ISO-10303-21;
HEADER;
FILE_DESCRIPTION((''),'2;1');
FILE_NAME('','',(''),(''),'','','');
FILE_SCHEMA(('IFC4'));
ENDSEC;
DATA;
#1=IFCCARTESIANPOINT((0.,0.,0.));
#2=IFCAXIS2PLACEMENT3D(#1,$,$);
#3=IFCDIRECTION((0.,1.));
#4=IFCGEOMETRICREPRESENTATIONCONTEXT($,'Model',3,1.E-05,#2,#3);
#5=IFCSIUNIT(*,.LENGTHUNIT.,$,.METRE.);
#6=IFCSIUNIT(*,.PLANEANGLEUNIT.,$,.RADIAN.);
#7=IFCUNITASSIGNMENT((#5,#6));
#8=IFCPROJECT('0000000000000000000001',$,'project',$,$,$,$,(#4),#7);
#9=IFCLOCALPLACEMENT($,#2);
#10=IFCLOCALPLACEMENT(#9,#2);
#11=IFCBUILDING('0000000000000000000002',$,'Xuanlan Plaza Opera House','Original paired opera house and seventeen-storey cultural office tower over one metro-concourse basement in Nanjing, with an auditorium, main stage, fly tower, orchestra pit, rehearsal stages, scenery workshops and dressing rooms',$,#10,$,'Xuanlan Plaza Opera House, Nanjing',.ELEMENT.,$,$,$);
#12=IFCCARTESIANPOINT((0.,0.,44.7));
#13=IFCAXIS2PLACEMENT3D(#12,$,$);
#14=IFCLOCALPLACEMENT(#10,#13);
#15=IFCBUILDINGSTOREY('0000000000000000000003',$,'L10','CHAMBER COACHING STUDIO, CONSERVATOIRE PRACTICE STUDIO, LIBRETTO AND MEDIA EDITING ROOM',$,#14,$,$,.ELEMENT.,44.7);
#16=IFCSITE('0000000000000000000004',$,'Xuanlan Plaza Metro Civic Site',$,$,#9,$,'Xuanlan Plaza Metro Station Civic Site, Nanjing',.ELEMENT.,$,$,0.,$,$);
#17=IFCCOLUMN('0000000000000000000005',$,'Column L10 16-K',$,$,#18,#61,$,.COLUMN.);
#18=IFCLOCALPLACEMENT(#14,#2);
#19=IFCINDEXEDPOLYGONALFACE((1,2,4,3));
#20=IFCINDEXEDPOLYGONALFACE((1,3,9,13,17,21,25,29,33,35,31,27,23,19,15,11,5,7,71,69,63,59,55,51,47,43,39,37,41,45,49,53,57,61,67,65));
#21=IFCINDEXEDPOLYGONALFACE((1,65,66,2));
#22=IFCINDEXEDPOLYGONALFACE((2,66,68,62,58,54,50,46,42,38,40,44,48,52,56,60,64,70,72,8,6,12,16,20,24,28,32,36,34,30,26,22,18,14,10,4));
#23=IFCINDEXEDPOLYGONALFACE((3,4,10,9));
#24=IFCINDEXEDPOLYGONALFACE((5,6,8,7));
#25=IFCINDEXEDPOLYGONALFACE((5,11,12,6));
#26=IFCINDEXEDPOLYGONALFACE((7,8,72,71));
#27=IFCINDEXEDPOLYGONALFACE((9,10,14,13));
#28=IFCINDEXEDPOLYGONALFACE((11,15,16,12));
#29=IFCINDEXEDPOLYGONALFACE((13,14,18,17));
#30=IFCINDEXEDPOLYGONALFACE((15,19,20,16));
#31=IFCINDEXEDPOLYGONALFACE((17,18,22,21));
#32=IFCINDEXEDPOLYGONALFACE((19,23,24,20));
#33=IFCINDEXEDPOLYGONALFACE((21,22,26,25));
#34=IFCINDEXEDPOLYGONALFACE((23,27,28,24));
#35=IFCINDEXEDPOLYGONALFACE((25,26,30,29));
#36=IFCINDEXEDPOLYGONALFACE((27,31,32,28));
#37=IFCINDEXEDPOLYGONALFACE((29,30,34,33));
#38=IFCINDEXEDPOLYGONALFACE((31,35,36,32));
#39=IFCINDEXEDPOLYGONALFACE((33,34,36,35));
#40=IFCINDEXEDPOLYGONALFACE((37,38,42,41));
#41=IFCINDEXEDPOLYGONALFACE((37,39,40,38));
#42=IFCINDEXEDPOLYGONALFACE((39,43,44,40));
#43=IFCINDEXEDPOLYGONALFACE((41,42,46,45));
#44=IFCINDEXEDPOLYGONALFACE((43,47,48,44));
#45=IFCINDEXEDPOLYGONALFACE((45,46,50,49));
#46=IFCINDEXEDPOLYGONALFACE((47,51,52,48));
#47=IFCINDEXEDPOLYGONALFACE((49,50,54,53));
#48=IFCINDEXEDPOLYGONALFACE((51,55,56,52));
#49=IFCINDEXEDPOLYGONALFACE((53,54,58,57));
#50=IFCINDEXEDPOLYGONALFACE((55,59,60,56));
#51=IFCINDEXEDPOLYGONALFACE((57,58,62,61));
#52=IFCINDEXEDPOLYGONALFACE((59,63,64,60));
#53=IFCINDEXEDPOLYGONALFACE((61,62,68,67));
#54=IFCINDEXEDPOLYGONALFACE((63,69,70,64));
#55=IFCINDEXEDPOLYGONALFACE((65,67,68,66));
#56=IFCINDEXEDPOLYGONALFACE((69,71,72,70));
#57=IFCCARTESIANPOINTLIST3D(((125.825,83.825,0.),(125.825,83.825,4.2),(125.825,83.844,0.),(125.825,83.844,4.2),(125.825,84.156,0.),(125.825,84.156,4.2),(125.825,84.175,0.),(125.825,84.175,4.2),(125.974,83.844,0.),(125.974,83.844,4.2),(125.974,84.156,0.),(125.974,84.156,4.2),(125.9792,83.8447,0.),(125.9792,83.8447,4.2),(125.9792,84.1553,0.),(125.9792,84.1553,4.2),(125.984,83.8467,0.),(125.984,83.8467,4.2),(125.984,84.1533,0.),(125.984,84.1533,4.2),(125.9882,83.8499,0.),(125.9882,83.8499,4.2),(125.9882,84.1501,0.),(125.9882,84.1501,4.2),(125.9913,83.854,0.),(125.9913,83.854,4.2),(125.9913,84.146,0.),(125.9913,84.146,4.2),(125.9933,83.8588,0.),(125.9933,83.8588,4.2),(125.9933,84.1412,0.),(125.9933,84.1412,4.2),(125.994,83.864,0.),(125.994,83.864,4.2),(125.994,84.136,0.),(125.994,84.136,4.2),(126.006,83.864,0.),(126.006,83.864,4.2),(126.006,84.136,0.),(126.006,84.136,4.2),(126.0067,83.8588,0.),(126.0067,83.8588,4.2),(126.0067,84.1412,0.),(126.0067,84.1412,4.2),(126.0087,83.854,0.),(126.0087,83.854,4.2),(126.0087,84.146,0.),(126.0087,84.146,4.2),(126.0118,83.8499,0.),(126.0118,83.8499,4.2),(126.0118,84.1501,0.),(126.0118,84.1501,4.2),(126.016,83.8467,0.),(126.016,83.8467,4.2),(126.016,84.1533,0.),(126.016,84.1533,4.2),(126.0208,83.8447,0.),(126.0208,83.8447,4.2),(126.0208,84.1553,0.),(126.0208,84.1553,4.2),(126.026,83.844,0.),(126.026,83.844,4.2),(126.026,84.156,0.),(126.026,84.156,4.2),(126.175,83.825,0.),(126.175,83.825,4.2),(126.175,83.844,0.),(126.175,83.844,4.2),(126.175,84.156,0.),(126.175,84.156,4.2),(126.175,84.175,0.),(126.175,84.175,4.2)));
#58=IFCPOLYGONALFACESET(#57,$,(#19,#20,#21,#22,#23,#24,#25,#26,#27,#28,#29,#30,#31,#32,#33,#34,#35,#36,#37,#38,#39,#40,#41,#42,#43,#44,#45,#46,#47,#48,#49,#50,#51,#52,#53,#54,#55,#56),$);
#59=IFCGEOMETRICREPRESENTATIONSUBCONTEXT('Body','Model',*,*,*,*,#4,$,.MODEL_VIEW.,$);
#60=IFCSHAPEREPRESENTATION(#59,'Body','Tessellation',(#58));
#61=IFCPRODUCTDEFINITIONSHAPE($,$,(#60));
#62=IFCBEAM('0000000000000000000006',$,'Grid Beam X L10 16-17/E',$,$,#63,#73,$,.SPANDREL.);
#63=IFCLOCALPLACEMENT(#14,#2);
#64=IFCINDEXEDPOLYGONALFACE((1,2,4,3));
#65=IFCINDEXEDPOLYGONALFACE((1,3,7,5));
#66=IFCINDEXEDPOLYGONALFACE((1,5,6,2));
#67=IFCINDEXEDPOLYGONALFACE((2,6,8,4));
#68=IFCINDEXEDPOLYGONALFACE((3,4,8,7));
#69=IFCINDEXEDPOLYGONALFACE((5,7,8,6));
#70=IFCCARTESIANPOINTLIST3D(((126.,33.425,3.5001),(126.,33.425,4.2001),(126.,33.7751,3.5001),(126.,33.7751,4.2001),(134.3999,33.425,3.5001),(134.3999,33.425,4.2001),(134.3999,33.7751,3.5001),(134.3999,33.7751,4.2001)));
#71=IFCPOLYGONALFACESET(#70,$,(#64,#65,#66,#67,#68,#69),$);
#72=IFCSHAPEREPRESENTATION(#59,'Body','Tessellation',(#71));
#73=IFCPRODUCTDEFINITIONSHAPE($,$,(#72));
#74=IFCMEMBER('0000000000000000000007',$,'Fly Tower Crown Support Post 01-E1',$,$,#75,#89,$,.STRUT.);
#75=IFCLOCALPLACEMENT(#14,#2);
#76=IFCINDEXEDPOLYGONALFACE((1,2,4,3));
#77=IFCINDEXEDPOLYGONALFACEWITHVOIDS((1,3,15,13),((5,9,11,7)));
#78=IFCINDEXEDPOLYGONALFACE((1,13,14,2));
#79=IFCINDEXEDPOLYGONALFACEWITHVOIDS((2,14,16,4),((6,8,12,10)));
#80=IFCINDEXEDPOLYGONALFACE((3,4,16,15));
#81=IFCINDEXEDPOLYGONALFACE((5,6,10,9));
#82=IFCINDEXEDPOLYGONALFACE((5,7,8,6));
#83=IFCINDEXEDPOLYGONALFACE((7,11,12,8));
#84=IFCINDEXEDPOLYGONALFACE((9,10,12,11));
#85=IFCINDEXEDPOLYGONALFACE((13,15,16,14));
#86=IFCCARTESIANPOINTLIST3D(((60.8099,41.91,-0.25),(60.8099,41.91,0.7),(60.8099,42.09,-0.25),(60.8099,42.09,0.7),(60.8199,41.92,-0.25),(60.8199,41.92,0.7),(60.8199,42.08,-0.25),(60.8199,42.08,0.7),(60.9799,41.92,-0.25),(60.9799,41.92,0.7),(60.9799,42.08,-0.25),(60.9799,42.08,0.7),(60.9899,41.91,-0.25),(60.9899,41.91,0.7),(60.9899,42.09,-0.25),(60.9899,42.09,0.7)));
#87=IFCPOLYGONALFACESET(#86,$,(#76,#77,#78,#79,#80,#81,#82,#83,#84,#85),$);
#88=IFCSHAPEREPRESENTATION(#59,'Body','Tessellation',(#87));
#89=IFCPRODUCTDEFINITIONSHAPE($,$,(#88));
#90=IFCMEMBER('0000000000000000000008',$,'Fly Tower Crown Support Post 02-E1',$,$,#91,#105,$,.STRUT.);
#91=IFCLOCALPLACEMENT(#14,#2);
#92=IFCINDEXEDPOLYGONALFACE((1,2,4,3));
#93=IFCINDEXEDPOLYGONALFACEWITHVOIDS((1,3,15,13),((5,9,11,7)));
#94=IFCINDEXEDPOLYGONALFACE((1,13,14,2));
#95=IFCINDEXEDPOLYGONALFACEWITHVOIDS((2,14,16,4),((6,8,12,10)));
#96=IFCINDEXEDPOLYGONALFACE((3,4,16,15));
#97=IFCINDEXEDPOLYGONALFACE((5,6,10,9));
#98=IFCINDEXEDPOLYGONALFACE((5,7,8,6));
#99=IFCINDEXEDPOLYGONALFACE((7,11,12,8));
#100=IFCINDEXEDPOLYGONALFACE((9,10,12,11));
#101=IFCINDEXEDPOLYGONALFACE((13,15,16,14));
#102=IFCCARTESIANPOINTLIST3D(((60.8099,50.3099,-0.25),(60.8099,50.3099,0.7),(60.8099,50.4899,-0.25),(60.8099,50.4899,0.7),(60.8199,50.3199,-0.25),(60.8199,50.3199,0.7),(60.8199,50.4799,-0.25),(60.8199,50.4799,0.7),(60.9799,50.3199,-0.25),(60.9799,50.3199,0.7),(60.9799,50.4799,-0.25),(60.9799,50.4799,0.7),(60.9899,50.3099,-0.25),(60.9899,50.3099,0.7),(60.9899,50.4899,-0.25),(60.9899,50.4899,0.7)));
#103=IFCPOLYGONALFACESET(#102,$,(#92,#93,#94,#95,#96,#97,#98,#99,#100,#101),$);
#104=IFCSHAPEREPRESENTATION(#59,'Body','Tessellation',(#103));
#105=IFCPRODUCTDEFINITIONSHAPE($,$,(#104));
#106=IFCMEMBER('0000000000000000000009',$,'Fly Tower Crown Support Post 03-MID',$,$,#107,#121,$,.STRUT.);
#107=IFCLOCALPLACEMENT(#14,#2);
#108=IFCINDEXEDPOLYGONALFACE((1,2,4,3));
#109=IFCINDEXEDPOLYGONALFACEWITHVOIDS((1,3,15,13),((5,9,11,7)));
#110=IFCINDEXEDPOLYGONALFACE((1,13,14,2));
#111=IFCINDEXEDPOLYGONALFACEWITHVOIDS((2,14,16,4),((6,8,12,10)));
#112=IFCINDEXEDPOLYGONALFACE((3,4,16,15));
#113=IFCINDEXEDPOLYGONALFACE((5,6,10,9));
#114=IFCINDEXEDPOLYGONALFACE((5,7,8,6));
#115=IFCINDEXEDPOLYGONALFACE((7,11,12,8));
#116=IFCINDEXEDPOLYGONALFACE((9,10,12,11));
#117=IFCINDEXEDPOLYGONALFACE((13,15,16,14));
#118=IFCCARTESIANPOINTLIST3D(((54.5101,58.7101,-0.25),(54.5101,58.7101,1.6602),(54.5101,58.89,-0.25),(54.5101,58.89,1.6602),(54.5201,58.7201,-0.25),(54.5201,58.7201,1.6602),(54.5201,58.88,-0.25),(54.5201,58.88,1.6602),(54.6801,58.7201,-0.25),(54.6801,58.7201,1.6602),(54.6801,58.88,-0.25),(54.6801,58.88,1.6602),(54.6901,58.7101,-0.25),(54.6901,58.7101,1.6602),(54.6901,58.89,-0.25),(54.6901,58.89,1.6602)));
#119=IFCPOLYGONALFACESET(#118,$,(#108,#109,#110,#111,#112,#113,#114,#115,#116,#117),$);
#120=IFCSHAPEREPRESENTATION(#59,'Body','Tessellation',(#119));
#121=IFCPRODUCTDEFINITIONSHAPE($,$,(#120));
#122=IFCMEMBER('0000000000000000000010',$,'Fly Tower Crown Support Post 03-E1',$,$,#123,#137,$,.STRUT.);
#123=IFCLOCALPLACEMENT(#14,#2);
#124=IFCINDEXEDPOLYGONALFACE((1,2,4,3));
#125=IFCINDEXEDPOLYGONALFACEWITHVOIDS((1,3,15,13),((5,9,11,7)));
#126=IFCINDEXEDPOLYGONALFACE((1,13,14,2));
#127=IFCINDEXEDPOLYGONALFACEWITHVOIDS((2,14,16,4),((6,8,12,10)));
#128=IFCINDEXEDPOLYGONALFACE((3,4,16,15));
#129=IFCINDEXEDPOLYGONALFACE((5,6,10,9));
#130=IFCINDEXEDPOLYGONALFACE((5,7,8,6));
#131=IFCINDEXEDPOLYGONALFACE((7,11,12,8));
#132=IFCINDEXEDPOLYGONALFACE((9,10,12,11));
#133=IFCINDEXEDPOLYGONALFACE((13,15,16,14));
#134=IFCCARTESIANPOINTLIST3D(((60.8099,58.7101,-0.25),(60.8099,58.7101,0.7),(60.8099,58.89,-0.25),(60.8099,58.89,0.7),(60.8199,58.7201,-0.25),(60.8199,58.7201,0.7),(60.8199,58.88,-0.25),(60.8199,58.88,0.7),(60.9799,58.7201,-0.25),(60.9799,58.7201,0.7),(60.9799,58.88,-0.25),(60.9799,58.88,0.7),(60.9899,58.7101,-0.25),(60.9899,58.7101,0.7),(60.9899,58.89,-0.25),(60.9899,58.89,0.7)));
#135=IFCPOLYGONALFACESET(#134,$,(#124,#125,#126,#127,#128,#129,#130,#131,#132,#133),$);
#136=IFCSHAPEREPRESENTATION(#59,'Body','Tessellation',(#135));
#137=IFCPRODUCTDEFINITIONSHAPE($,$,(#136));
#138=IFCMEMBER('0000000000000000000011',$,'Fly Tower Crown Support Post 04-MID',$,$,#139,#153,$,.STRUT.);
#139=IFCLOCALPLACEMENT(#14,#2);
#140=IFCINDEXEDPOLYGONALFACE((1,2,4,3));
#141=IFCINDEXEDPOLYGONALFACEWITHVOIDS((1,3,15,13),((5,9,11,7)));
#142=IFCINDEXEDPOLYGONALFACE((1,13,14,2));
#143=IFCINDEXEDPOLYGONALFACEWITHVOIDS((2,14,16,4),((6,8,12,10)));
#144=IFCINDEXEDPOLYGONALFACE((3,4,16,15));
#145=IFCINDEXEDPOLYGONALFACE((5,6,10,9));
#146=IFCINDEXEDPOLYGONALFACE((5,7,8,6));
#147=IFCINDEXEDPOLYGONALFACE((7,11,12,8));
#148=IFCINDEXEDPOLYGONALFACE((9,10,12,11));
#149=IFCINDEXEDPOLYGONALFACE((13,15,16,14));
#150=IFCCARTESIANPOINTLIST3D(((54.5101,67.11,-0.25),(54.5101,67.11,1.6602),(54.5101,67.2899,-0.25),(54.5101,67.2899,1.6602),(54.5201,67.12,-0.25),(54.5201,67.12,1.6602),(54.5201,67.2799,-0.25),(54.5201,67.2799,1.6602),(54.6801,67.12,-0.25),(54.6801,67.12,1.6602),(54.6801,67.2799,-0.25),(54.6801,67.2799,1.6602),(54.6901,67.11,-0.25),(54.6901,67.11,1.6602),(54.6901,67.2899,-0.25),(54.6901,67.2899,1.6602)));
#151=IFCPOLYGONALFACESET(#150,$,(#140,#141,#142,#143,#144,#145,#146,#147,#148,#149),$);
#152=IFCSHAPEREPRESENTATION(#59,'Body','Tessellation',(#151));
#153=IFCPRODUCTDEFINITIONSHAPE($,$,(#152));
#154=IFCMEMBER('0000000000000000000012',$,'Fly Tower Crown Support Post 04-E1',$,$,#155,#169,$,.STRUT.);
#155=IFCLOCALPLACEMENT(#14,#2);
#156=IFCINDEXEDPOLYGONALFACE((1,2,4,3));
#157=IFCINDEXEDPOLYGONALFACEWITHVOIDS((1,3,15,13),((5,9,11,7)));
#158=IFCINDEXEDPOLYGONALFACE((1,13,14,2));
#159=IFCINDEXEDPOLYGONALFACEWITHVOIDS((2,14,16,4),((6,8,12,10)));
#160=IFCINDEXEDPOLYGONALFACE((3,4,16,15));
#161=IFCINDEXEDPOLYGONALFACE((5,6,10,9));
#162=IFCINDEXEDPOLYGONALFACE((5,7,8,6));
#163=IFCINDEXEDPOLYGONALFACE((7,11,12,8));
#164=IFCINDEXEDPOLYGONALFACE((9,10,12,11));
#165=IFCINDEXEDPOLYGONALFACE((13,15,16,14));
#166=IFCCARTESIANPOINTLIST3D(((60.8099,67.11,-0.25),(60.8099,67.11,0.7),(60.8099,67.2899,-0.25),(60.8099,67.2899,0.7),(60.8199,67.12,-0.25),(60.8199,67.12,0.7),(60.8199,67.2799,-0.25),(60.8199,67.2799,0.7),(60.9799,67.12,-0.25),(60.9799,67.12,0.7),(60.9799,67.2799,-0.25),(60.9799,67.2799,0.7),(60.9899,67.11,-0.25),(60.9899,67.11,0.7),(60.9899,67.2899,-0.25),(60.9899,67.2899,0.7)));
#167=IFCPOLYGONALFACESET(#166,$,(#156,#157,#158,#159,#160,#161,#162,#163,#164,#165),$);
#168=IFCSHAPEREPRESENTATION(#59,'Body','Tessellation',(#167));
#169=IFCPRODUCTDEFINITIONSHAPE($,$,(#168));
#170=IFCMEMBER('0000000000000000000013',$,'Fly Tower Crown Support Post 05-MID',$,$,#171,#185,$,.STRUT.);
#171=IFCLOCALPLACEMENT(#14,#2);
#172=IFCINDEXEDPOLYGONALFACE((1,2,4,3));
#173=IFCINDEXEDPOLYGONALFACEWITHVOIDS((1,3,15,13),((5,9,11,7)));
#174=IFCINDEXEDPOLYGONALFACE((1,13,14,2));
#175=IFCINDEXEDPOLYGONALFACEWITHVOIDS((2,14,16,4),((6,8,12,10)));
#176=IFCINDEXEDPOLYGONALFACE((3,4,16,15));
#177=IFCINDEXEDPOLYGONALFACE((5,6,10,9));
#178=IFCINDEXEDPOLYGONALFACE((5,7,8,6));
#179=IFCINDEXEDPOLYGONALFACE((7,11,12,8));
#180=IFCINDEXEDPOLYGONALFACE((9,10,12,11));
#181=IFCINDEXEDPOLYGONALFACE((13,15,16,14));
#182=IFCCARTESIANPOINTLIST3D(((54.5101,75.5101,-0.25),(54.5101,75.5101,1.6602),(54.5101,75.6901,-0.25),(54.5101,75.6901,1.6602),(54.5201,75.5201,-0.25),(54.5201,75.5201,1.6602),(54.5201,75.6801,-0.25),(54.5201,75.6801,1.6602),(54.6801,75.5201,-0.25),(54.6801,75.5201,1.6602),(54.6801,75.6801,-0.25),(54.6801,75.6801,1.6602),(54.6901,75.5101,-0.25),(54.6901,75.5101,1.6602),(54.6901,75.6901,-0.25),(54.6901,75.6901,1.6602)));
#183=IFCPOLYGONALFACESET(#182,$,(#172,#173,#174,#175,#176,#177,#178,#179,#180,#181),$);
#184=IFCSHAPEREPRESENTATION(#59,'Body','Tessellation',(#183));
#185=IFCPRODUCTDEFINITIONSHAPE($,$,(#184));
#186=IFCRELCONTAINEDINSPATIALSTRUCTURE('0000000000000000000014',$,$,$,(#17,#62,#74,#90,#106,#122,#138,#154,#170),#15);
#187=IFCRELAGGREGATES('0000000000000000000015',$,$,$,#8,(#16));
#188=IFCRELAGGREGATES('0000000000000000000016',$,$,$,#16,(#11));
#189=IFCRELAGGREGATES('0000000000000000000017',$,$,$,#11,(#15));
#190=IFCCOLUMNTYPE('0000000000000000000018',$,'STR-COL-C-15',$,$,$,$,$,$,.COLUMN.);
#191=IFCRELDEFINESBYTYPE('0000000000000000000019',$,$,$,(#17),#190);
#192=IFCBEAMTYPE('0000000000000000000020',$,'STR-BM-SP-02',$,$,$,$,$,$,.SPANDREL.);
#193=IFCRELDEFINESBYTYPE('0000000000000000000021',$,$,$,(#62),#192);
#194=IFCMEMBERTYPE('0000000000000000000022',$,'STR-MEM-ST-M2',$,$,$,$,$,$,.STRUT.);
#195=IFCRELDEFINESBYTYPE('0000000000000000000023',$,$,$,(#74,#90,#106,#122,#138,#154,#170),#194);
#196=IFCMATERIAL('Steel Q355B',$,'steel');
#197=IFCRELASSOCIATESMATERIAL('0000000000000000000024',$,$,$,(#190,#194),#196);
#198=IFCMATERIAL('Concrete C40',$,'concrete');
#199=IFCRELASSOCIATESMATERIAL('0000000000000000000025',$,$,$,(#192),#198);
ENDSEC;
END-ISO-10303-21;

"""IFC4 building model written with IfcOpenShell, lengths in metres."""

from ifc_helpers import new_model, si_unit, direction, frame, origin, origin_2d, place, context, subcontext, project, spatial, rectangle, hollow_rectangle, i_section, extrude, material, material_profile, profile_set, type_object, element, save


model = new_model("IFC4")

# Units and contexts
model_context = context("Model", 3, precision=1e-05, world=origin(), true_north=direction((0.0, 1.0)))
body_context = subcontext(model_context, "Body", "Model", "MODEL_VIEW")
ifc_project = project(units=[si_unit("LENGTHUNIT", "METRE"), si_unit("PLANEANGLEUNIT", "RADIAN")], contexts=[model_context])

# Site, building, storey
site_placement = place(None, origin())
site = spatial("IfcSite", under=ifc_project, at=site_placement, Name="Xuanlan Plaza Metro Civic Site", LongName="Xuanlan Plaza Metro Station Civic Site, Nanjing", CompositionType="ELEMENT", RefElevation=0.0)
building_placement = place(site_placement, origin())
building = spatial("IfcBuilding", under=site, at=building_placement, Name="Xuanlan Plaza Opera House", Description="Original paired opera house and seventeen-storey cultural office tower over one metro-concourse basement in Nanjing, with an auditorium, main stage, fly tower, orchestra pit, rehearsal stages, scenery workshops and dressing rooms", LongName="Xuanlan Plaza Opera House, Nanjing", CompositionType="ELEMENT")
storey_placement = place(building_placement, frame((0.0, 0.0, 44.7)))
storey = spatial("IfcBuildingStorey", under=building, at=storey_placement, Name="L10", Description="CHAMBER COACHING STUDIO, CONSERVATOIRE PRACTICE STUDIO, LIBRETTO AND MEDIA EDITING ROOM", CompositionType="ELEMENT", Elevation=44.7)

# Column
ifc_material_1 = material(Name="Steel Q355B", Category="steel")
ifc_material_profile_1 = material_profile(ifc_material_1, i_section(OverallWidth=0.3501, OverallDepth=0.3501, WebThickness=0.012, FlangeThickness=0.019, FilletRadius=0.02, at=origin_2d()), Name="HW 350x350x12x19")
ifc_profile_set_1 = profile_set([ifc_material_profile_1], Name="Steel Q355B")
column_type_1 = type_object("IfcColumnType", Name="STR-COL-C-15", PredefinedType="COLUMN", material=ifc_profile_set_1)
for number, where, z_axis, x_axis, name in (
    (1, (126.0, 84.0, 0.0), (0.0, 0.0, 1.0), (1.0, 0.0, 0.0), "Column L10 16-K"),
):
    element("IfcColumn", number, at=place(storey_placement, frame(where, z_axis=z_axis, x_axis=x_axis)), inside=storey, type_object=column_type_1, Name=name, PredefinedType="COLUMN", context=body_context, shape_type="SweptSolid", body=[
        extrude(i_section(OverallWidth=0.3501, OverallDepth=0.3501, WebThickness=0.012, FlangeThickness=0.019, FilletRadius=0.02, at=origin_2d()), origin(), (0.0, 0.0, 1.0), 4.2),
    ])

# Beam
ifc_material_2 = material(Name="Concrete C40", Category="concrete")
ifc_material_profile_2 = material_profile(ifc_material_2, rectangle(XDim=0.3501, YDim=0.7, at=origin_2d()), Name="RC-SPD 350x700")
ifc_profile_set_2 = profile_set([ifc_material_profile_2], Name="Concrete C40")
beam_type = type_object("IfcBeamType", Name="STR-BM-SP-02", PredefinedType="SPANDREL", material=ifc_profile_set_2)
beam_placement = place(storey_placement, frame((126.0, 33.6001, 3.8501), z_axis=(1.0, 0.0, 0.0), x_axis=(0.0, 1.0, 0.0)))
element("IfcBeam", 2, at=beam_placement, inside=storey, type_object=beam_type, Name="Grid Beam X L10 16-17/E", PredefinedType="SPANDREL", context=body_context, shape_type="SweptSolid", body=[
    extrude(rectangle(XDim=0.3501, YDim=0.7, at=origin_2d()), origin(), (0.0, 0.0, 1.0), 8.3999),
])

# Members
ifc_material_profile_3 = material_profile(ifc_material_1, hollow_rectangle(XDim=0.1799, YDim=0.1799, WallThickness=0.01, at=origin_2d()), Name="SHS 180x180x10")
ifc_profile_set_3 = profile_set([ifc_material_profile_3], Name="Steel Q355B")
member_type_1 = type_object("IfcMemberType", Name="STR-MEM-ST-M2", PredefinedType="STRUT", material=ifc_profile_set_3)
for number, where, z_axis, x_axis, name in (
    (3, (60.8999, 42.0, -0.25), (0.0, 0.0, 1.0), (1.0, 0.0, 0.0), "Fly Tower Crown Support Post 01-E1"),
    (4, (60.8999, 50.3999, -0.25), (0.0, 0.0, 1.0), (1.0, 0.0, 0.0), "Fly Tower Crown Support Post 02-E1"),
):
    element("IfcMember", number, at=place(storey_placement, frame(where, z_axis=z_axis, x_axis=x_axis)), inside=storey, type_object=member_type_1, Name=name, PredefinedType="STRUT", context=body_context, shape_type="SweptSolid", body=[
        extrude(hollow_rectangle(XDim=0.1799, YDim=0.1799, WallThickness=0.01, at=origin_2d()), origin(), (0.0, 0.0, 1.0), 0.95),
    ])
member_1_placement = place(storey_placement, frame((54.6001, 58.8, -0.25), z_axis=(0.0, 0.0, 1.0), x_axis=(1.0, 0.0, 0.0)))
element("IfcMember", 5, at=member_1_placement, inside=storey, type_object=member_type_1, Name="Fly Tower Crown Support Post 03-MID", PredefinedType="STRUT", context=body_context, shape_type="SweptSolid", body=[
    extrude(hollow_rectangle(XDim=0.1799, YDim=0.1799, WallThickness=0.01, at=origin_2d()), origin(), (0.0, 0.0, 1.0), 1.9102),
])
member_2_placement = place(storey_placement, frame((60.8999, 58.8, -0.25), z_axis=(0.0, 0.0, 1.0), x_axis=(1.0, 0.0, 0.0)))
element("IfcMember", 6, at=member_2_placement, inside=storey, type_object=member_type_1, Name="Fly Tower Crown Support Post 03-E1", PredefinedType="STRUT", context=body_context, shape_type="SweptSolid", body=[
    extrude(hollow_rectangle(XDim=0.1799, YDim=0.1799, WallThickness=0.01, at=origin_2d()), origin(), (0.0, 0.0, 1.0), 0.95),
])
member_3_placement = place(storey_placement, frame((54.6001, 67.2, -0.25), z_axis=(0.0, 0.0, 1.0), x_axis=(1.0, 0.0, 0.0)))
element("IfcMember", 7, at=member_3_placement, inside=storey, type_object=member_type_1, Name="Fly Tower Crown Support Post 04-MID", PredefinedType="STRUT", context=body_context, shape_type="SweptSolid", body=[
    extrude(hollow_rectangle(XDim=0.1799, YDim=0.1799, WallThickness=0.01, at=origin_2d()), origin(), (0.0, 0.0, 1.0), 1.9102),
])
member_4_placement = place(storey_placement, frame((60.8999, 67.2, -0.25), z_axis=(0.0, 0.0, 1.0), x_axis=(1.0, 0.0, 0.0)))
element("IfcMember", 8, at=member_4_placement, inside=storey, type_object=member_type_1, Name="Fly Tower Crown Support Post 04-E1", PredefinedType="STRUT", context=body_context, shape_type="SweptSolid", body=[
    extrude(hollow_rectangle(XDim=0.1799, YDim=0.1799, WallThickness=0.01, at=origin_2d()), origin(), (0.0, 0.0, 1.0), 0.95),
])
member_5_placement = place(storey_placement, frame((54.6001, 75.6001, -0.25), z_axis=(0.0, 0.0, 1.0), x_axis=(1.0, 0.0, 0.0)))
element("IfcMember", 9, at=member_5_placement, inside=storey, type_object=member_type_1, Name="Fly Tower Crown Support Post 05-MID", PredefinedType="STRUT", context=body_context, shape_type="SweptSolid", body=[
    extrude(hollow_rectangle(XDim=0.1799, YDim=0.1799, WallThickness=0.01, at=origin_2d()), origin(), (0.0, 0.0, 1.0), 1.9102),
])

save(model, "model.ifc")
